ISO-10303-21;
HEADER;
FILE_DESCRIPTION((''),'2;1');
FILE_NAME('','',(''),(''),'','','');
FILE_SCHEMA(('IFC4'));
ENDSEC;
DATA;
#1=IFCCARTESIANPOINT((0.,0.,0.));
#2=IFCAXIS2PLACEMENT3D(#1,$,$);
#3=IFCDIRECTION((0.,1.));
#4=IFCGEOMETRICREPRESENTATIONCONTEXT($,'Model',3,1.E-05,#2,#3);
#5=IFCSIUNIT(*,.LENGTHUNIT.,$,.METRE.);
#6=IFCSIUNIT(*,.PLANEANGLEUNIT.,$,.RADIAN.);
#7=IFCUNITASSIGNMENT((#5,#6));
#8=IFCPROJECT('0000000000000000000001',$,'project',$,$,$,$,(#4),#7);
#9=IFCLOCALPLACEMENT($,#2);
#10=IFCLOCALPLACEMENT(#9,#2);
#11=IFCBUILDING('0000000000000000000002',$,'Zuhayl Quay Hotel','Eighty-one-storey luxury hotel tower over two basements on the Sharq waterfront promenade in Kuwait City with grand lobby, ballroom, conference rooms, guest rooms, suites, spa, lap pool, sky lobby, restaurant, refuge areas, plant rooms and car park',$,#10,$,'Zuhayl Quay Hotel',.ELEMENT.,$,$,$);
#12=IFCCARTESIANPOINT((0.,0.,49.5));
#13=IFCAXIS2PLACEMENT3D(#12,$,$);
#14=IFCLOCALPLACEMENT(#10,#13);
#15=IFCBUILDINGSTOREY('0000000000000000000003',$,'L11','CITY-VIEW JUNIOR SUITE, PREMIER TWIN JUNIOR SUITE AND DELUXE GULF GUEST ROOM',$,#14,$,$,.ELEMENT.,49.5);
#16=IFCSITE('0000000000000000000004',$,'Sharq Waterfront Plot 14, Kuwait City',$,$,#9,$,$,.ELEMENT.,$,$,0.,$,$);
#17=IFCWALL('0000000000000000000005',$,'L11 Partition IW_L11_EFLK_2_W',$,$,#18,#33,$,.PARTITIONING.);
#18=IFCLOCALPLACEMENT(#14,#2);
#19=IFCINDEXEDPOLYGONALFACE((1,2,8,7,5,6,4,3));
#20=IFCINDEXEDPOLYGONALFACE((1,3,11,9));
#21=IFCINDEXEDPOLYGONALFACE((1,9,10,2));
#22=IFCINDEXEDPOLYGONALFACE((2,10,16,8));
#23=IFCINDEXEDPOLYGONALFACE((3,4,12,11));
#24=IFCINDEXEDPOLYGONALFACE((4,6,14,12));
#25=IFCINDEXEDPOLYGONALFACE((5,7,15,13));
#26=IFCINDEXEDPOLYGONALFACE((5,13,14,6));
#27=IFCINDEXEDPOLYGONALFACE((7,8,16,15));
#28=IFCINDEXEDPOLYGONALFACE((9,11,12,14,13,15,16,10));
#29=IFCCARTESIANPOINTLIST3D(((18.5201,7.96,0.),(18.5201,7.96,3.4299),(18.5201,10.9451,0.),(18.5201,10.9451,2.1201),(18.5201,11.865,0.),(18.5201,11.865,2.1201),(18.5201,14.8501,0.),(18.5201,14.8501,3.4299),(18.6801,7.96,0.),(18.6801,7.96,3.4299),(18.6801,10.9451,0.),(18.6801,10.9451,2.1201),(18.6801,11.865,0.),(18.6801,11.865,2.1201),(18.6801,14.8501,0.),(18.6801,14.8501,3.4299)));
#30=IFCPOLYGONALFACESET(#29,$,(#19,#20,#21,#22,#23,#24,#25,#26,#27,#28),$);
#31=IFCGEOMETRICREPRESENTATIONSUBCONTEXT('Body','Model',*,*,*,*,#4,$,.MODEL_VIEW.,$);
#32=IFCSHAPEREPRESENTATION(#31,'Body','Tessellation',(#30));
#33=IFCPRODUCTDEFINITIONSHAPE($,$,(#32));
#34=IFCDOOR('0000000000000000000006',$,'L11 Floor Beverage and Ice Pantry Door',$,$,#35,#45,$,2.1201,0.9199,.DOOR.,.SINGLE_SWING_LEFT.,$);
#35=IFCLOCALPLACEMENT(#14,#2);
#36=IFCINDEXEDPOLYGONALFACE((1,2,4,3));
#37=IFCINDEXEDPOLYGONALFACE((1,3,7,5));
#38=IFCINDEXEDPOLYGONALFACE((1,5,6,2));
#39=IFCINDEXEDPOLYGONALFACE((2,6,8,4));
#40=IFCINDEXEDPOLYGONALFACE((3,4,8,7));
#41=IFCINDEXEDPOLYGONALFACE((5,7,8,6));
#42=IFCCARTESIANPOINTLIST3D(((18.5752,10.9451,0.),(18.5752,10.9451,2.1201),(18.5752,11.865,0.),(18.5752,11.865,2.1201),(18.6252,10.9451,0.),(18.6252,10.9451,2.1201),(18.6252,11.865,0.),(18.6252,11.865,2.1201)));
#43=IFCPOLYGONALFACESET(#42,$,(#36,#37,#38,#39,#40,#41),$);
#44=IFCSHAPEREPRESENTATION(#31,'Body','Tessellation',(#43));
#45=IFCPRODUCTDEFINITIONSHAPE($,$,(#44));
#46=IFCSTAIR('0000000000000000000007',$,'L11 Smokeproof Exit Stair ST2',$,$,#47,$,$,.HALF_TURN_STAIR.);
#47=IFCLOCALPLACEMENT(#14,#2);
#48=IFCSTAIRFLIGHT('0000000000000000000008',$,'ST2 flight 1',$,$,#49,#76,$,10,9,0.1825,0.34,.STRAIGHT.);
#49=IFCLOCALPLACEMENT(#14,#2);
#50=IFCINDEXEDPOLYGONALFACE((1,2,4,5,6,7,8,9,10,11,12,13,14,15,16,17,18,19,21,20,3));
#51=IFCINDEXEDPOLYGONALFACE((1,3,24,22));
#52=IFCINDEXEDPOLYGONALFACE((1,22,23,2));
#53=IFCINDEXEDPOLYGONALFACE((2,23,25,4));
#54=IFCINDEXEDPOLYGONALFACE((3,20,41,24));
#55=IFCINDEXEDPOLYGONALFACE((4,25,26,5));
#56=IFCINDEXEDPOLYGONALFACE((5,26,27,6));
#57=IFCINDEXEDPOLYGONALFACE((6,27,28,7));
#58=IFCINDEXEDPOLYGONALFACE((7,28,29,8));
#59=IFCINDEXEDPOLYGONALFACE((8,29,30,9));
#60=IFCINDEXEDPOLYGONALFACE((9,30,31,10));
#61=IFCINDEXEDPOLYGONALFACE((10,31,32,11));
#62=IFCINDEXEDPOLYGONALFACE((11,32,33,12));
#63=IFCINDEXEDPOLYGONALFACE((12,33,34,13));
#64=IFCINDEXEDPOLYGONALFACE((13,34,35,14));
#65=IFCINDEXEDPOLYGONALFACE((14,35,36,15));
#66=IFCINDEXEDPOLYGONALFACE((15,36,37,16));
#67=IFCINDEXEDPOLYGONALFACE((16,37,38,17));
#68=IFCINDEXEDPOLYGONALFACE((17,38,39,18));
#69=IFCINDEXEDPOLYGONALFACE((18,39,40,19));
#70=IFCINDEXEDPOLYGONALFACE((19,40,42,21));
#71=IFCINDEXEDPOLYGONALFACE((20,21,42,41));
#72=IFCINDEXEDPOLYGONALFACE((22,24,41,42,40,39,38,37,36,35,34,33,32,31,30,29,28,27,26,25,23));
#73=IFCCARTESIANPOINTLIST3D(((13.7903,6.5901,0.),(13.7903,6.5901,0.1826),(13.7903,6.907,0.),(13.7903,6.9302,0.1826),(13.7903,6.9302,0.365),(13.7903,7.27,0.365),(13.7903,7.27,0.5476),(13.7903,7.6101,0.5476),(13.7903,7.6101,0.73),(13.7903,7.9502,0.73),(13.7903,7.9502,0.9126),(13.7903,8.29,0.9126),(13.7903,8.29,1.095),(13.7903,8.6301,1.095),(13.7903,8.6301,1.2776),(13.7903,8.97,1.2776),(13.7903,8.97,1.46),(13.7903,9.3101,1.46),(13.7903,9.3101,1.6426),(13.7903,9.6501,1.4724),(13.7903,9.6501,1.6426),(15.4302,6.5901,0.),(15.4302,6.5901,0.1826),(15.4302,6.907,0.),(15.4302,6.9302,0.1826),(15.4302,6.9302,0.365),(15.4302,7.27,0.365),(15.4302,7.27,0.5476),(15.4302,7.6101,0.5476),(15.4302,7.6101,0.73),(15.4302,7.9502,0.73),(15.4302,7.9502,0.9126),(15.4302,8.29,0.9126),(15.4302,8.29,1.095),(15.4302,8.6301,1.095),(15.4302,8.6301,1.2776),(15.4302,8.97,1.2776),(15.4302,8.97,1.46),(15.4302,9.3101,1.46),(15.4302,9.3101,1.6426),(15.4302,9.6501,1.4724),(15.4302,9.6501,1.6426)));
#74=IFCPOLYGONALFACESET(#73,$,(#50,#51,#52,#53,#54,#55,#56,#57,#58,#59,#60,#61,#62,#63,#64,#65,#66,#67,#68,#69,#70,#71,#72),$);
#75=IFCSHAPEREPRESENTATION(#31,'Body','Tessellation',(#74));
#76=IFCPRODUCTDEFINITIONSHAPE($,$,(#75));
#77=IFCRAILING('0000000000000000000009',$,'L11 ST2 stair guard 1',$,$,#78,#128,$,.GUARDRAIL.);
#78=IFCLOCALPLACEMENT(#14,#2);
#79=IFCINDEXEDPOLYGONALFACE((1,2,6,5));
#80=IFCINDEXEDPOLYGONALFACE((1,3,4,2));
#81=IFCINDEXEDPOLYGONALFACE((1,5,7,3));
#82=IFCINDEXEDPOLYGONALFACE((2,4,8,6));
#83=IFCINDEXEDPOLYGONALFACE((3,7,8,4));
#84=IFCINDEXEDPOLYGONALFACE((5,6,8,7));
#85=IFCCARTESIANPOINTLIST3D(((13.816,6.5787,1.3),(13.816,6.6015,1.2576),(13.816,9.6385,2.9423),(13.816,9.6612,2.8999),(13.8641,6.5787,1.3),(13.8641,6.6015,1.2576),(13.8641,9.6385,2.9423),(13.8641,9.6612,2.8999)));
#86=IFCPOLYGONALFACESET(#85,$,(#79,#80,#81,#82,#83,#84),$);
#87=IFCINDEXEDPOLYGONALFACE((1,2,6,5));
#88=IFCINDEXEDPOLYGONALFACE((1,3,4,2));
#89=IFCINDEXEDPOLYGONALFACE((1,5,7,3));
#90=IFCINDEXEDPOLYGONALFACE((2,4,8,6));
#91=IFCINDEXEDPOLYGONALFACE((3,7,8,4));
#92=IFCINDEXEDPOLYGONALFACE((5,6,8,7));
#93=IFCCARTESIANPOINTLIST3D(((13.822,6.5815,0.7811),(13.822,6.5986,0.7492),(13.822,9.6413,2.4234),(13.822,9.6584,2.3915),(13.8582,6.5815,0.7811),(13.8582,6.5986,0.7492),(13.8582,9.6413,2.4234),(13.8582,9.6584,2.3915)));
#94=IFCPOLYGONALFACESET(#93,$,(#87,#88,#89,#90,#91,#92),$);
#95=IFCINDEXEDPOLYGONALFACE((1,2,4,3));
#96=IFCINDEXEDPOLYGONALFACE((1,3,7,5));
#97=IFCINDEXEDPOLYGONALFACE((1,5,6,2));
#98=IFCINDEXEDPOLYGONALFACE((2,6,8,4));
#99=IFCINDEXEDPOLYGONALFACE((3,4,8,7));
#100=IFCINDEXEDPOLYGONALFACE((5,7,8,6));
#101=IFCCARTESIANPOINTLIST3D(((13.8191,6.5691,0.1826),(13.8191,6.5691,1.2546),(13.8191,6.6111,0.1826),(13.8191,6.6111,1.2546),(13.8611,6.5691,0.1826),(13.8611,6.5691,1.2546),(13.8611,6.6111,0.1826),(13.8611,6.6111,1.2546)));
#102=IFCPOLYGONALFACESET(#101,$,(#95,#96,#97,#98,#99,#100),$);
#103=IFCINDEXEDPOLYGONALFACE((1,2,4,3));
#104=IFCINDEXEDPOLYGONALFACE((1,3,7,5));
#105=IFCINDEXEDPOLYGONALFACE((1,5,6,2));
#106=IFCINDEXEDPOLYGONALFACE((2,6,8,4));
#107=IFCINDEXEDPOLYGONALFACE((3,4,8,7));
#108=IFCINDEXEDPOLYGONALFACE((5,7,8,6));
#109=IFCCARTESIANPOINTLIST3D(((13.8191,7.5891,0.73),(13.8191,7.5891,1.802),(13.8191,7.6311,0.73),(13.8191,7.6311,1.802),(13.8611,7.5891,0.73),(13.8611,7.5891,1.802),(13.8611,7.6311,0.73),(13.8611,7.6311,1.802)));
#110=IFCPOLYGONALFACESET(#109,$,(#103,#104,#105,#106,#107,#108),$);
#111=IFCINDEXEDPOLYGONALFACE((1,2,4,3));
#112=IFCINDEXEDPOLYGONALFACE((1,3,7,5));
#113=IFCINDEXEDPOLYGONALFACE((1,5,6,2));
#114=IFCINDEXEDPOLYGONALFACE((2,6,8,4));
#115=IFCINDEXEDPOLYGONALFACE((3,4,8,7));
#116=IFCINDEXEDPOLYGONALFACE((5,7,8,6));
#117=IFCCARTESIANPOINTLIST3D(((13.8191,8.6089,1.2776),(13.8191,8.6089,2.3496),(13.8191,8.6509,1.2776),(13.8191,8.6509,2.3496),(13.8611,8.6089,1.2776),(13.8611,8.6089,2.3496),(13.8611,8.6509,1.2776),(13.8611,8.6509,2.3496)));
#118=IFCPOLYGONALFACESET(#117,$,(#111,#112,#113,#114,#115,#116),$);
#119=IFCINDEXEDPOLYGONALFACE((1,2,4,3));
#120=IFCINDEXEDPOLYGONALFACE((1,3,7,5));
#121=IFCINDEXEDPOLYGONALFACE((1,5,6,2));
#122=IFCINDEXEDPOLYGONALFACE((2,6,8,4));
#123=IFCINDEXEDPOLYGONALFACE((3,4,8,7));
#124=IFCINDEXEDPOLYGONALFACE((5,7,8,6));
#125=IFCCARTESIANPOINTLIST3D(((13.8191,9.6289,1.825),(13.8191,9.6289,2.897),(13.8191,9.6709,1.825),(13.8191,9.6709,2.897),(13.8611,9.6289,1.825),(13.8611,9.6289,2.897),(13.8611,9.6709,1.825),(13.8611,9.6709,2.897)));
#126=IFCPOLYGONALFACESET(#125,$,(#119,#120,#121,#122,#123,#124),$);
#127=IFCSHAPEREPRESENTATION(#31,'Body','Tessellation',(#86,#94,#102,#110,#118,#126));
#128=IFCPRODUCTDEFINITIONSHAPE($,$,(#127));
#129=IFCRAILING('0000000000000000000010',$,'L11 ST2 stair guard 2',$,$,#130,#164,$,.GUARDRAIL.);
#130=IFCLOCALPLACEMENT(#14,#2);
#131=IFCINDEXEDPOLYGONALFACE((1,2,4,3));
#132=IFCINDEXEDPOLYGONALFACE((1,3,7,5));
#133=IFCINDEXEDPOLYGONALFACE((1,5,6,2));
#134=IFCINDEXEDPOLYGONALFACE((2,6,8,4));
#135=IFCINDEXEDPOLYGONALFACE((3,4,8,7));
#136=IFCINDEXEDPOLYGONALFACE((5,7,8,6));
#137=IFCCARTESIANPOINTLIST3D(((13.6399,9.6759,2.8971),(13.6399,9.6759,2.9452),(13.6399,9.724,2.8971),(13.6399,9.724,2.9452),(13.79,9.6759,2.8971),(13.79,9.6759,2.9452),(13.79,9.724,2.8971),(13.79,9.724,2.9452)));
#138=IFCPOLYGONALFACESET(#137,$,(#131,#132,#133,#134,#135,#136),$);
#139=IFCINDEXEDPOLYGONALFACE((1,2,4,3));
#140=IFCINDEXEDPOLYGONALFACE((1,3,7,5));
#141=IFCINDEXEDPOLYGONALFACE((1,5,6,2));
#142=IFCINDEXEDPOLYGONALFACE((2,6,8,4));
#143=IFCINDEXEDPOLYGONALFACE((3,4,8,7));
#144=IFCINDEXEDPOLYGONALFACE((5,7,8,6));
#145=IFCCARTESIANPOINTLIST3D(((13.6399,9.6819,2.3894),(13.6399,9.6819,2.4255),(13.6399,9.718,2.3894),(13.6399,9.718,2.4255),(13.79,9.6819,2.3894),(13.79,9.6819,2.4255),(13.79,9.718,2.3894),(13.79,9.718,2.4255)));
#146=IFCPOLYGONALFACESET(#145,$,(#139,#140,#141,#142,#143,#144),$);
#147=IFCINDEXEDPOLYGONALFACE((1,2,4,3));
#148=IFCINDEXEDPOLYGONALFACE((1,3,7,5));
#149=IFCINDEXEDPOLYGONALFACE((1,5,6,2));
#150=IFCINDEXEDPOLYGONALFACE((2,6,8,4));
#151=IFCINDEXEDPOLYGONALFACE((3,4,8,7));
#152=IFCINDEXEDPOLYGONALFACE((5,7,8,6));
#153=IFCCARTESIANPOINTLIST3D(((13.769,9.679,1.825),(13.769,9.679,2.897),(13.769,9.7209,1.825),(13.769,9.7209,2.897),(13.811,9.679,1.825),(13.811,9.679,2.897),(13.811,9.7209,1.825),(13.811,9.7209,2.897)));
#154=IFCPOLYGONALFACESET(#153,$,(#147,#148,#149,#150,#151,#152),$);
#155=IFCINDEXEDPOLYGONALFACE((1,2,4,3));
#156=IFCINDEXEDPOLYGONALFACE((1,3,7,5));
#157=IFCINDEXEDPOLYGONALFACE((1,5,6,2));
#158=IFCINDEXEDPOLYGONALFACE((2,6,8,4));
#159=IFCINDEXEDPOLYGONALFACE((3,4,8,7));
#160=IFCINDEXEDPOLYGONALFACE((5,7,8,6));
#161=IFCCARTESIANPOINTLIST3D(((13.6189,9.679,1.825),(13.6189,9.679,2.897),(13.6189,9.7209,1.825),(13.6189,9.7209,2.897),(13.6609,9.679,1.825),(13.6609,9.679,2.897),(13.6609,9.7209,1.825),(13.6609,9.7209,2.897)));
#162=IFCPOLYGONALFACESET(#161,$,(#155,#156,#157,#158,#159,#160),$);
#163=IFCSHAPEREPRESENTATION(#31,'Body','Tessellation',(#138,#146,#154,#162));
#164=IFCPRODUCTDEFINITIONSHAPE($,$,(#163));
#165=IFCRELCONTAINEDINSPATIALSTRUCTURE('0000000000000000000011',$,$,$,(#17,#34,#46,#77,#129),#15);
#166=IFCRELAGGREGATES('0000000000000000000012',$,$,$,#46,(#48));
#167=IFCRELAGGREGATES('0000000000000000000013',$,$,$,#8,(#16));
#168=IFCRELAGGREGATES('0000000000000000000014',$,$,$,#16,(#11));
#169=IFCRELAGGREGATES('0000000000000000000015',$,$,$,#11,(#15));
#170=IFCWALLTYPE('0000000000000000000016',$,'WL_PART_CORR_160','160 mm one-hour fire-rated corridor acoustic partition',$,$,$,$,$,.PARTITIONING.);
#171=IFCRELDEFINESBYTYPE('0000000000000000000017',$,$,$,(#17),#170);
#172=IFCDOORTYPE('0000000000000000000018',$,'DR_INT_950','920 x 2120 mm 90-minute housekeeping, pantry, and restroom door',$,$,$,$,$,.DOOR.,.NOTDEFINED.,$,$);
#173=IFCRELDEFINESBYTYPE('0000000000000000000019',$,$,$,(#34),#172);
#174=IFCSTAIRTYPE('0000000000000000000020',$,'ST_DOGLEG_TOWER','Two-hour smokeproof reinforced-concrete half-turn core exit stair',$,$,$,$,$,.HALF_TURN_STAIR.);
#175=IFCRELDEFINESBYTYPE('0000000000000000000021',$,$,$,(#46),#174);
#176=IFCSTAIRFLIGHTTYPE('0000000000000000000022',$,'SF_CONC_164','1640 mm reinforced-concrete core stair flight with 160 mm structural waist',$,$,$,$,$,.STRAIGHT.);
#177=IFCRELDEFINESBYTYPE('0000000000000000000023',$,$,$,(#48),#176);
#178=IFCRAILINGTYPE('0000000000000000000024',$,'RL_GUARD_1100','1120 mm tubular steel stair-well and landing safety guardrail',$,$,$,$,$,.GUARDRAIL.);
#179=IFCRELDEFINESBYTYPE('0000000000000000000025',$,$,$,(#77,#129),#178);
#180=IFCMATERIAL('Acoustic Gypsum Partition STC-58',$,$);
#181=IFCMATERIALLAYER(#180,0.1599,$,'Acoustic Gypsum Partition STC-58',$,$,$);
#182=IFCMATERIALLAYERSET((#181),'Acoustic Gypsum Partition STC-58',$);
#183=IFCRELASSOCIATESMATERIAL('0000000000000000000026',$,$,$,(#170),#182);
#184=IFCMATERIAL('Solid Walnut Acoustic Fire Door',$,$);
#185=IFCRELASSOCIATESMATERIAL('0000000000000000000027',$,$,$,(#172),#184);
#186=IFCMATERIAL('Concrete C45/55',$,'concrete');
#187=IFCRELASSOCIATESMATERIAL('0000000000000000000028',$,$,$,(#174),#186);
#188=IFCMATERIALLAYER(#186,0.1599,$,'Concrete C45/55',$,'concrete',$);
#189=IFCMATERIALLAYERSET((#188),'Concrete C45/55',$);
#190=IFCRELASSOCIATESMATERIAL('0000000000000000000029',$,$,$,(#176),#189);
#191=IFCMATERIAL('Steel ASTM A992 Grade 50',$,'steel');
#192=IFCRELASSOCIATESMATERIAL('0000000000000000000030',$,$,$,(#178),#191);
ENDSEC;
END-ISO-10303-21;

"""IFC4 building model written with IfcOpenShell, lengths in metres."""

from ifc_helpers import new_model, si_unit, direction, frame, frame_2d, origin, origin_2d, place, context, subcontext, project, spatial, polyline, rectangle, outline, extrude, material, layer, layer_set, type_object, element, fill, aggregate, save


model = new_model("IFC4")

# Units and contexts
model_context = context("Model", 3, precision=1e-05, world=origin(), true_north=direction((0.0, 1.0)))
body_context = subcontext(model_context, "Body", "Model", "MODEL_VIEW")
ifc_project = project(units=[si_unit("LENGTHUNIT", "METRE"), si_unit("PLANEANGLEUNIT", "RADIAN")], contexts=[model_context])

# Site, building, storey
site_placement = place(None, origin())
site = spatial("IfcSite", under=ifc_project, at=site_placement, Name="Sharq Waterfront Plot 14, Kuwait City", CompositionType="ELEMENT", RefElevation=0.0)
building_placement = place(site_placement, origin())
building = spatial("IfcBuilding", under=site, at=building_placement, Name="Zuhayl Quay Hotel", Description="Eighty-one-storey luxury hotel tower over two basements on the Sharq waterfront promenade in Kuwait City with grand lobby, ballroom, conference rooms, guest rooms, suites, spa, lap pool, sky lobby, restaurant, refuge areas, plant rooms and car park", LongName="Zuhayl Quay Hotel", CompositionType="ELEMENT")
storey_placement = place(building_placement, frame((0.0, 0.0, 49.5)))
storey = spatial("IfcBuildingStorey", under=building, at=storey_placement, Name="L11", Description="CITY-VIEW JUNIOR SUITE, PREMIER TWIN JUNIOR SUITE AND DELUXE GULF GUEST ROOM", CompositionType="ELEMENT", Elevation=49.5)

# Shared definitions
ifc_material_1 = material(Name="Steel ASTM A992 Grade 50", Category="steel")

# Shared definitions
ifc_material_2 = material(Name="Acoustic Gypsum Partition STC-58")

# Wall, opening, door
ifc_layer_1 = layer(ifc_material_2, 0.1599, Name="Acoustic Gypsum Partition STC-58")
ifc_layer_set_1 = layer_set([ifc_layer_1], Name="Acoustic Gypsum Partition STC-58")
wall_type_1 = type_object("IfcWallType", Name="WL_PART_CORR_160", Description="160 mm one-hour fire-rated corridor acoustic partition", PredefinedType="PARTITIONING", material=ifc_layer_set_1)
ifc_material_3 = material(Name="Solid Walnut Acoustic Fire Door")
wall_1_placement = place(storey_placement, frame((18.6001, 7.96, 0.0), z_axis=(0.0, 0.0, 1.0), x_axis=(0.0, 1.0, 0.0)))
wall_1 = element("IfcWall", 1, at=wall_1_placement, inside=storey, type_object=wall_type_1, Name="L11 Partition IW_L11_EFLK_2_W", PredefinedType="PARTITIONING", context=body_context, shape_type="SweptSolid", body=[
    extrude(rectangle(XDim=6.8901, YDim=0.1599, at=frame_2d((3.4451, 0.0))), origin(), (0.0, 0.0, 1.0), 3.4299),
])
opening_1_placement = place(wall_1_placement, frame((2.9851, 0.0, 0.0)))
opening_1 = element("IfcOpeningElement", 2, at=opening_1_placement, cuts=wall_1, PredefinedType="OPENING", context=body_context, shape_type="SweptSolid", body=[
    extrude(rectangle(XDim=0.9199, YDim=2.1201, at=frame_2d((0.46, 1.0601))), frame((0.0, 0.0898, 0.0), z_axis=(0.0, -1.0, 0.0), x_axis=(1.0, 0.0, 0.0)), (0.0, 0.0, 1.0), 0.1799),
])
door_type_1 = type_object("IfcDoorType", Name="DR_INT_950", Description="920 x 2120 mm 90-minute housekeeping, pantry, and restroom door", OperationType="NOTDEFINED", PredefinedType="DOOR", material=ifc_material_3)
door_1_placement = place(opening_1_placement, origin())
door_1 = element("IfcDoor", 3, at=door_1_placement, inside=storey, type_object=door_type_1, Name="L11 Floor Beverage and Ice Pantry Door", OperationType="SINGLE_SWING_LEFT", OverallHeight=2.1201, OverallWidth=0.9199, PredefinedType="DOOR", context=body_context, shape_type="SweptSolid", body=[
    extrude(rectangle(XDim=0.9199, YDim=2.1201, at=frame_2d((0.46, 1.0601))), frame((0.0, 0.0249, 0.0), z_axis=(0.0, -1.0, 0.0), x_axis=(1.0, 0.0, 0.0)), (0.0, 0.0, 1.0), 0.05),
])
fill(opening_1, door_1)

# Stair, stair flight
ifc_material_4 = material(Name="Concrete C45/55", Category="concrete")
stair_type = type_object("IfcStairType", Name="ST_DOGLEG_TOWER", Description="Two-hour smokeproof reinforced-concrete half-turn core exit stair", PredefinedType="HALF_TURN_STAIR", material=ifc_material_4)
stair_placement = place(storey_placement, origin())
stair = element("IfcStair", 4, at=stair_placement, inside=storey, type_object=stair_type, Name="L11 Smokeproof Exit Stair ST2", PredefinedType="HALF_TURN_STAIR")
ifc_layer_2 = layer(ifc_material_4, 0.1599, Name="Concrete C45/55", Category="concrete")
ifc_layer_set_2 = layer_set([ifc_layer_2], Name="Concrete C45/55")
stair_flight_type = type_object("IfcStairFlightType", Name="SF_CONC_164", Description="1640 mm reinforced-concrete core stair flight with 160 mm structural waist", PredefinedType="STRAIGHT", material=ifc_layer_set_2)
stair_flight_placement = place(storey_placement, frame((14.6101, 6.5901, 0.0), z_axis=(0.0, 0.0, 1.0), x_axis=(0.0, 1.0, 0.0)))
stair_flight = element("IfcStairFlight", 5, at=stair_flight_placement, type_object=stair_flight_type, Name="ST2 flight 1", NumberOfRisers=10, NumberOfTreads=9, PredefinedType="STRAIGHT", RiserHeight=0.1825, TreadLength=0.34, context=body_context, shape_type="SweptSolid", body=[
    extrude(outline(polyline([(0.0, 0.0), (0.0, 0.1826), (0.3401, 0.1826), (0.3401, 0.365), (0.6799, 0.365), (0.6799, 0.5476), (1.02, 0.5476), (1.02, 0.73), (1.3601, 0.73), (1.3601, 0.9126), (1.7, 0.9126), (1.7, 1.095), (2.04, 1.095), (2.04, 1.2776), (2.3799, 1.2776), (2.3799, 1.46), (2.72, 1.46), (2.72, 1.6426), (3.0601, 1.6426), (3.0601, 1.825), (3.0601, 1.4724), (0.3169, 0.0), (0.0, 0.0)])), frame((0.0, 0.8198, 0.0), z_axis=(0.0, -1.0, 0.0), x_axis=(1.0, 0.0, 0.0)), (0.0, 0.0, 1.0), 1.6399),
])
aggregate(stair, [stair_flight])

# Railings
railing_type_1 = type_object("IfcRailingType", Name="RL_GUARD_1100", Description="1120 mm tubular steel stair-well and landing safety guardrail", PredefinedType="GUARDRAIL", material=ifc_material_1)
railing_1_placement = place(storey_placement, frame((13.8401, 6.5901, 0.1826)))
element("IfcRailing", 6, at=railing_1_placement, inside=storey, type_object=railing_type_1, Name="L11 ST2 stair guard 1", PredefinedType="GUARDRAIL", context=body_context, shape_type="SweptSolid", body=[
    extrude(rectangle(XDim=0.0481, YDim=0.0481, at=origin_2d()), frame((0.0, 0.0, 1.0962), z_axis=(0.0, 0.881102, 0.472926), x_axis=(-1.0, 0.0, 0.0)), (0.0, 0.0, 1.0), 3.4727),
    extrude(rectangle(XDim=0.0361, YDim=0.0361, at=origin_2d()), frame((0.0, 0.0, 0.5825), z_axis=(0.0, 0.881102, 0.472926), x_axis=(-1.0, 0.0, 0.0)), (0.0, 0.0, 1.0), 3.4727),
    extrude(rectangle(XDim=0.042, YDim=0.042, at=origin_2d()), origin(), (0.0, 0.0, 1.0), 1.072),
    extrude(rectangle(XDim=0.042, YDim=0.042, at=origin_2d()), frame((0.0, 1.02, 0.5474)), (0.0, 0.0, 1.0), 1.072),
    extrude(rectangle(XDim=0.042, YDim=0.042, at=origin_2d()), frame((0.0, 2.0398, 1.095)), (0.0, 0.0, 1.0), 1.072),
    extrude(rectangle(XDim=0.042, YDim=0.042, at=origin_2d()), frame((0.0, 3.0598, 1.6423)), (0.0, 0.0, 1.0), 1.072),
])
railing_2_placement = place(storey_placement, frame((13.79, 9.7, 1.825)))
element("IfcRailing", 7, at=railing_2_placement, inside=storey, type_object=railing_type_1, Name="L11 ST2 stair guard 2", PredefinedType="GUARDRAIL", context=body_context, shape_type="SweptSolid", body=[
    extrude(rectangle(XDim=0.0481, YDim=0.0481, at=origin_2d()), frame((0.0, 0.0, 1.0962), z_axis=(-1.0, 0.0, 0.0), x_axis=(0.0, -1.0, 0.0)), (0.0, 0.0, 1.0), 0.1501),
    extrude(rectangle(XDim=0.0361, YDim=0.0361, at=origin_2d()), frame((0.0, 0.0, 0.5825), z_axis=(-1.0, 0.0, 0.0), x_axis=(0.0, -1.0, 0.0)), (0.0, 0.0, 1.0), 0.1501),
    extrude(rectangle(XDim=0.042, YDim=0.042, at=origin_2d()), origin(), (0.0, 0.0, 1.0), 1.072),
    extrude(rectangle(XDim=0.042, YDim=0.042, at=origin_2d()), frame((-0.1501, 0.0, 0.0)), (0.0, 0.0, 1.0), 1.072),
])

save(model, "model.ifc")
